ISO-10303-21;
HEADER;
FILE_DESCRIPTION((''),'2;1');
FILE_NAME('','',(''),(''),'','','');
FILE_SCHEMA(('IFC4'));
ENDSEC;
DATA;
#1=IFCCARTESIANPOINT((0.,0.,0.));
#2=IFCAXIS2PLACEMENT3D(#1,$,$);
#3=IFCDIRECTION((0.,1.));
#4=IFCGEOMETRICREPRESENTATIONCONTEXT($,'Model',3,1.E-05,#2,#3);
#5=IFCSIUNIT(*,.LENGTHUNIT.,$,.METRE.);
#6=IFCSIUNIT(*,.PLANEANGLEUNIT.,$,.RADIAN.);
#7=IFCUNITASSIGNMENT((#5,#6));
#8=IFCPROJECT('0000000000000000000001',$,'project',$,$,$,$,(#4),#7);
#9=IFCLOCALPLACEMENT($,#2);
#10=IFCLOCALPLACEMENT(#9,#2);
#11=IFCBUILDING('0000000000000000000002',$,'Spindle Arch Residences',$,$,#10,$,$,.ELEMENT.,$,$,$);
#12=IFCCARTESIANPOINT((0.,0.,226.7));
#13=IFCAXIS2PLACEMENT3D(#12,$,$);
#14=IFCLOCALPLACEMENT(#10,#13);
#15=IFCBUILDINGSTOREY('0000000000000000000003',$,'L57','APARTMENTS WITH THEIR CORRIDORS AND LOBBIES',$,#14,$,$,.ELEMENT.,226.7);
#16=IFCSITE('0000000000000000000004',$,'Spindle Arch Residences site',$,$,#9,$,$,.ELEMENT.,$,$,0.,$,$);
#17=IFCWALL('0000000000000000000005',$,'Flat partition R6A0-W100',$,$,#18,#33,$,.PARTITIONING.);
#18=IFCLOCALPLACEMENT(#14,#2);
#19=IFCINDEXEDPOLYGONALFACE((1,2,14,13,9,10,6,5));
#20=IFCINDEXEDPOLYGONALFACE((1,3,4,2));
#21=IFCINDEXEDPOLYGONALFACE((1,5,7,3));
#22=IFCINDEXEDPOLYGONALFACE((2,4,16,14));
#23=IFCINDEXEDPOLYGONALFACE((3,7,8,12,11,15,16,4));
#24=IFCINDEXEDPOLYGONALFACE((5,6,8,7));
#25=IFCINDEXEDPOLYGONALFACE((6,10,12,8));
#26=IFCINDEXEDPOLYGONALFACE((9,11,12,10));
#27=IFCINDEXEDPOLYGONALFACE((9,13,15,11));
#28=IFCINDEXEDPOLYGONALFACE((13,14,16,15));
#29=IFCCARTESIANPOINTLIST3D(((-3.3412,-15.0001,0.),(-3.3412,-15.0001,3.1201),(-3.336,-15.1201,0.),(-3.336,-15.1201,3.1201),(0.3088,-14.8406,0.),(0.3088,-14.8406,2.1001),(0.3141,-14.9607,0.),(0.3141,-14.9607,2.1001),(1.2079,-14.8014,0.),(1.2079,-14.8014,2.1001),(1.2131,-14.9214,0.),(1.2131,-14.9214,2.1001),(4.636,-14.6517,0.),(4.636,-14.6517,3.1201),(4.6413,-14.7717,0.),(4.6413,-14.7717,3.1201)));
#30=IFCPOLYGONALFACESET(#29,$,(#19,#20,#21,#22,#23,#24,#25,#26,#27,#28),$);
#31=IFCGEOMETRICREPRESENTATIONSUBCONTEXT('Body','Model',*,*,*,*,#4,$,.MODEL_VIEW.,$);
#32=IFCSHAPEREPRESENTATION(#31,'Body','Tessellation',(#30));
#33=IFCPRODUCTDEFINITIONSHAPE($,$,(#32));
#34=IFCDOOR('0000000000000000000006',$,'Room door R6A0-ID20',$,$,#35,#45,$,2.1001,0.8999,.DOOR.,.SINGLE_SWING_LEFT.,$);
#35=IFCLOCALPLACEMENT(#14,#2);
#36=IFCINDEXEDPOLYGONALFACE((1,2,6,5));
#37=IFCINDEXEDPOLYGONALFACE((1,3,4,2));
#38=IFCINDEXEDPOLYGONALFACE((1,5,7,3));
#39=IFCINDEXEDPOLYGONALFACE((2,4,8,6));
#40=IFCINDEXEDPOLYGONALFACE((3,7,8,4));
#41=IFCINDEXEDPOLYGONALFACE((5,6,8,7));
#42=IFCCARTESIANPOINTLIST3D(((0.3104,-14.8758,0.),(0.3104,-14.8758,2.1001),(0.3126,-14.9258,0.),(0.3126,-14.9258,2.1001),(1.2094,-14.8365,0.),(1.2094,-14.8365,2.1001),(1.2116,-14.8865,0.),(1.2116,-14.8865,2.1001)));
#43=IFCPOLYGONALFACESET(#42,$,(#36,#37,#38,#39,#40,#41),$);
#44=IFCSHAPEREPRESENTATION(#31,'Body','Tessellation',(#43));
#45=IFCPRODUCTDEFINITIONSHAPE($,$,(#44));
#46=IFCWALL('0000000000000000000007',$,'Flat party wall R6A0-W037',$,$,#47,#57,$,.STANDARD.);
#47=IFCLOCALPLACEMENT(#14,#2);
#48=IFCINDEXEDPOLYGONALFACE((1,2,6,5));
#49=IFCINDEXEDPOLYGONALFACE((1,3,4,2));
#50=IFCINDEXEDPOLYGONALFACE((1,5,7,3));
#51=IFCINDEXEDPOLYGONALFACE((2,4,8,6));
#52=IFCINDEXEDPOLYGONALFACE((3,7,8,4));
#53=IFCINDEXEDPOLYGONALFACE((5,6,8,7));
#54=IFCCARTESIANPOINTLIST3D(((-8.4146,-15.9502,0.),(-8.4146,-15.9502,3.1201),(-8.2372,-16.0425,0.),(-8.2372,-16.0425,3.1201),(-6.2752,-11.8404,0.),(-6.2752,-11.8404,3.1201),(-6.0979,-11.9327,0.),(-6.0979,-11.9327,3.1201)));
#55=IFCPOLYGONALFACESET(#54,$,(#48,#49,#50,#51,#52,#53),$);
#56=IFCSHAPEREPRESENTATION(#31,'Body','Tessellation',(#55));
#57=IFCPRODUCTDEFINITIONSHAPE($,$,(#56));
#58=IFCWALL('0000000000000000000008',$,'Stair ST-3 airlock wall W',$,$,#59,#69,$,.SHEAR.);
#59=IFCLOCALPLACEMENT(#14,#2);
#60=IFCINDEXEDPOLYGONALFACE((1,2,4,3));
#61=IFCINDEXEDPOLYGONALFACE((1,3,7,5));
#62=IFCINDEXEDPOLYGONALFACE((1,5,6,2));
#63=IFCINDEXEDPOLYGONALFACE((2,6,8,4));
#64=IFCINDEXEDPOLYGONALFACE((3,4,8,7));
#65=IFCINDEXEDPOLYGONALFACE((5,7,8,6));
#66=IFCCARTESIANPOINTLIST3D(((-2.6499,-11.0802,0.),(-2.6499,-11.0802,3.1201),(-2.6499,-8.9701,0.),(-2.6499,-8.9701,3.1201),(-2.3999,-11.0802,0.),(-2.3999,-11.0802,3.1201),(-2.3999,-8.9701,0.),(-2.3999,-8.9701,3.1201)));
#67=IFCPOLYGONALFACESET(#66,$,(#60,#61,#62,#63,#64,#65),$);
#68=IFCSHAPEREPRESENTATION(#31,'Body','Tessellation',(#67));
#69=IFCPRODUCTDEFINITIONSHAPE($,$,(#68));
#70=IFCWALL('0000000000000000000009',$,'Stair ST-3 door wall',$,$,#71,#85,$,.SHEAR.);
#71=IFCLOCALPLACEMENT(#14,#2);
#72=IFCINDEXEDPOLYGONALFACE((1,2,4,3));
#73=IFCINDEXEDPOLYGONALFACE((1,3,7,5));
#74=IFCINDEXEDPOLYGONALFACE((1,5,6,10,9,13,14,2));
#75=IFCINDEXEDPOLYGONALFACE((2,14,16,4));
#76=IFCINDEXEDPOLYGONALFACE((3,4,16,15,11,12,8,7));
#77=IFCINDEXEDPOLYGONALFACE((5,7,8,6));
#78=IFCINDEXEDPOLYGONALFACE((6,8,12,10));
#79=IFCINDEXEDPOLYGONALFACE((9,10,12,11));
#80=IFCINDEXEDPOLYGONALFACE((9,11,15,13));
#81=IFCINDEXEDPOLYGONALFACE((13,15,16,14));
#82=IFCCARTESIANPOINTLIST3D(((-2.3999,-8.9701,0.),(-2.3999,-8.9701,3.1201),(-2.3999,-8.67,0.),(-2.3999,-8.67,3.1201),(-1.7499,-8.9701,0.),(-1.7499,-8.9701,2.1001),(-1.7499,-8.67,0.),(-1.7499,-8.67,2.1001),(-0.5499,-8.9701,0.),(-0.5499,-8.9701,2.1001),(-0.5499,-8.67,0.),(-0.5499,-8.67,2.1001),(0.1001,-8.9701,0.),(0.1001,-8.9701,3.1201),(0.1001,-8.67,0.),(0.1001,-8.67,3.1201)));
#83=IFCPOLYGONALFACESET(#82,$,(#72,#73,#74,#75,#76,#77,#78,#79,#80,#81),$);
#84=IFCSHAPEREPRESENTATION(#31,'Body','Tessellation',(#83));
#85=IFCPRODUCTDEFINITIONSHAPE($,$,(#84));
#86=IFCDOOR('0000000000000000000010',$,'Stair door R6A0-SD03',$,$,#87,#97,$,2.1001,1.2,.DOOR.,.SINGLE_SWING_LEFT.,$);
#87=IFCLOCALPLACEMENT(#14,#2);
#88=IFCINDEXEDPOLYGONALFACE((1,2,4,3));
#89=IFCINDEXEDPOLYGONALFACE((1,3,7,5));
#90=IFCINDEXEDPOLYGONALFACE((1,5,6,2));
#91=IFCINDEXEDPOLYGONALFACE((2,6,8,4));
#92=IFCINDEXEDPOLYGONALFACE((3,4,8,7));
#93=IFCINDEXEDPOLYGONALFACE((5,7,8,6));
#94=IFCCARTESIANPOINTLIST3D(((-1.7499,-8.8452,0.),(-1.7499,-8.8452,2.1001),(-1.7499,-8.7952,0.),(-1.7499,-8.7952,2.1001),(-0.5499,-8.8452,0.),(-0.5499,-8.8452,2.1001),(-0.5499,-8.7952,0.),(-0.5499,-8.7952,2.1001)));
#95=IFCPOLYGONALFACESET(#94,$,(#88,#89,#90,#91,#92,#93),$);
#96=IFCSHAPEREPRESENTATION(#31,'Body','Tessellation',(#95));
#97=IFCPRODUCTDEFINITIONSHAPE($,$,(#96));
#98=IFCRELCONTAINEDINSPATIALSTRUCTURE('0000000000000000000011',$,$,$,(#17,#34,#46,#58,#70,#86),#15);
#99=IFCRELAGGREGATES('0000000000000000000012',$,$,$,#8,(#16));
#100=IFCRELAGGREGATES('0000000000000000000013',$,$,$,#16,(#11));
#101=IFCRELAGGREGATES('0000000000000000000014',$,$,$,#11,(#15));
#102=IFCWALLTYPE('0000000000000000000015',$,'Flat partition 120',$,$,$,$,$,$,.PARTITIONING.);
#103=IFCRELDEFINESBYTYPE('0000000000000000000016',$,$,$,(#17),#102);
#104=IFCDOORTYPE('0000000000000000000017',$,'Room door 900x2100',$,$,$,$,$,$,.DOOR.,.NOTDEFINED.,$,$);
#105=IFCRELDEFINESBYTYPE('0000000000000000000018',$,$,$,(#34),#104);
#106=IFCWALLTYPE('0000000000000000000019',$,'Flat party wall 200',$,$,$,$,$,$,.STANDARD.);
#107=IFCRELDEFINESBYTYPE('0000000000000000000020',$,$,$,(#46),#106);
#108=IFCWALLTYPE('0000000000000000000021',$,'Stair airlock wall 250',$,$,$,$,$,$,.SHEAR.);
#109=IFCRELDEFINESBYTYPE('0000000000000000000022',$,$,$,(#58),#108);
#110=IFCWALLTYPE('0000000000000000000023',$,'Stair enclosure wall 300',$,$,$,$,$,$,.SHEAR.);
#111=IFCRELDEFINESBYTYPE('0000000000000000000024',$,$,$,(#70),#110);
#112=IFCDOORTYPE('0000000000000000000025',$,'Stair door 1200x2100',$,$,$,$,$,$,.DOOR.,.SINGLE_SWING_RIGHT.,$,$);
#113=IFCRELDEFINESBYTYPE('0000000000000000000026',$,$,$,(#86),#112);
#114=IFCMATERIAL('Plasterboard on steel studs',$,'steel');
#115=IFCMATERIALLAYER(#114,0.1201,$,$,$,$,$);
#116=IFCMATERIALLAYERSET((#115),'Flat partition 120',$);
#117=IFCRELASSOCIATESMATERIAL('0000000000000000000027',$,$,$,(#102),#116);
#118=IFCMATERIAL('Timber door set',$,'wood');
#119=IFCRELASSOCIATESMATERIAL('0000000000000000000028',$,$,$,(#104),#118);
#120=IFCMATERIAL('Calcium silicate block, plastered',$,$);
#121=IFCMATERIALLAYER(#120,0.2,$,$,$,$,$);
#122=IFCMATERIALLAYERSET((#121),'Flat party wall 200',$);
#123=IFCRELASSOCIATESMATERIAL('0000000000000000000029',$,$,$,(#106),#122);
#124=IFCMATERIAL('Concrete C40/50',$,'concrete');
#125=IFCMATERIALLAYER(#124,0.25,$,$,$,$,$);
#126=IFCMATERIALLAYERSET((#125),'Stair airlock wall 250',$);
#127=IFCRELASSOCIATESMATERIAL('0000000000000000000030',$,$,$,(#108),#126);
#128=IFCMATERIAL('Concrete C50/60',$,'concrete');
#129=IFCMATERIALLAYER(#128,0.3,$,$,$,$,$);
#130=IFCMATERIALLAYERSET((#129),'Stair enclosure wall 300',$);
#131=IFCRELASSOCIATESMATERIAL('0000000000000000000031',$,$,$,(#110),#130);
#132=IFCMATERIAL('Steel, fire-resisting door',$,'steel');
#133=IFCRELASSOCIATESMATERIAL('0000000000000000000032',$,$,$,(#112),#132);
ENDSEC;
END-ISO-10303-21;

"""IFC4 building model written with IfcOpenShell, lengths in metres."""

from ifc_helpers import new_model, si_unit, direction, frame, frame_2d, origin, place, context, subcontext, project, spatial, rectangle, extrude, material, layer, layer_set, type_object, element, fill, save


model = new_model("IFC4")

# Units and contexts
model_context = context("Model", 3, precision=1e-05, world=origin(), true_north=direction((0.0, 1.0)))
body_context = subcontext(model_context, "Body", "Model", "MODEL_VIEW")
ifc_project = project(units=[si_unit("LENGTHUNIT", "METRE"), si_unit("PLANEANGLEUNIT", "RADIAN")], contexts=[model_context])

# Site, building, storey
site_placement = place(None, origin())
site = spatial("IfcSite", under=ifc_project, at=site_placement, Name="Spindle Arch Residences site", CompositionType="ELEMENT", RefElevation=0.0)
building_placement = place(site_placement, origin())
building = spatial("IfcBuilding", under=site, at=building_placement, Name="Spindle Arch Residences", CompositionType="ELEMENT")
storey_placement = place(building_placement, frame((0.0, 0.0, 226.7)))
storey = spatial("IfcBuildingStorey", under=building, at=storey_placement, Name="L57", Description="APARTMENTS WITH THEIR CORRIDORS AND LOBBIES", CompositionType="ELEMENT", Elevation=226.7)

# Shared definitions
ifc_material_1 = material(Name="Plasterboard on steel studs", Category="steel")
ifc_layer_1 = layer(ifc_material_1, 0.1201)
ifc_layer_set_1 = layer_set([ifc_layer_1], Name="Flat partition 120")
wall_type_1 = type_object("IfcWallType", Name="Flat partition 120", PredefinedType="PARTITIONING", material=ifc_layer_set_1)
ifc_material_2 = material(Name="Timber door set", Category="wood")
door_type_1 = type_object("IfcDoorType", Name="Room door 900x2100", OperationType="NOTDEFINED", PredefinedType="DOOR", material=ifc_material_2)

# Wall, opening, door
wall_1_placement = place(storey_placement, frame((-3.3386, -15.0601, 0.0), z_axis=(0.0, 0.0, 1.0), x_axis=(0.999048, 0.043631, 0.0)))
wall_1 = element("IfcWall", 1, at=wall_1_placement, inside=storey, type_object=wall_type_1, Name="Flat partition R6A0-W100", PredefinedType="PARTITIONING", context=body_context, shape_type="SweptSolid", body=[
    extrude(rectangle(XDim=7.9849, YDim=0.1201, at=frame_2d((3.9924, 0.0))), origin(), (0.0, 0.0, 1.0), 3.1201),
])
opening_1_placement = place(wall_1_placement, frame((3.6536, 0.0, 0.0)))
opening_1 = element("IfcOpeningElement", 2, at=opening_1_placement, cuts=wall_1, PredefinedType="OPENING", context=body_context, shape_type="SweptSolid", body=[
    extrude(rectangle(XDim=0.8999, YDim=2.1001, at=frame_2d((0.45, 1.05))), frame((0.0, 0.0701, 0.0), z_axis=(0.0, -1.0, 0.0), x_axis=(1.0, 0.0, 0.0)), (0.0, 0.0, 1.0), 0.1401),
])
door_1_placement = place(opening_1_placement, origin())
door_1 = element("IfcDoor", 3, at=door_1_placement, inside=storey, type_object=door_type_1, Name="Room door R6A0-ID20", OperationType="SINGLE_SWING_LEFT", OverallHeight=2.1001, OverallWidth=0.8999, PredefinedType="DOOR", context=body_context, shape_type="SweptSolid", body=[
    extrude(rectangle(XDim=0.8999, YDim=2.1001, at=frame_2d((0.45, 1.05))), frame((0.0, 0.0249, 0.0), z_axis=(0.0, -1.0, 0.0), x_axis=(1.0, 0.0, 0.0)), (0.0, 0.0, 1.0), 0.05),
])
fill(opening_1, door_1)

# Walls
ifc_material_3 = material(Name="Calcium silicate block, plastered")
ifc_layer_2 = layer(ifc_material_3, 0.2)
ifc_layer_set_2 = layer_set([ifc_layer_2], Name="Flat party wall 200")
wall_type_2 = type_object("IfcWallType", Name="Flat party wall 200", PredefinedType="STANDARD", material=ifc_layer_set_2)
wall_2_placement = place(storey_placement, frame((-8.3259, -15.9963, 0.0), z_axis=(0.0, 0.0, 1.0), x_axis=(0.461739, 0.887016, 0.0)))
element("IfcWall", 4, at=wall_2_placement, inside=storey, type_object=wall_type_2, Name="Flat party wall R6A0-W037", PredefinedType="STANDARD", context=body_context, shape_type="SweptSolid", body=[
    extrude(rectangle(XDim=4.6333, YDim=0.2, at=frame_2d((2.3167, 0.0))), origin(), (0.0, 0.0, 1.0), 3.1201),
])
ifc_material_4 = material(Name="Concrete C40/50", Category="concrete")
ifc_layer_3 = layer(ifc_material_4, 0.25)
ifc_layer_set_3 = layer_set([ifc_layer_3], Name="Stair airlock wall 250")
wall_type_3 = type_object("IfcWallType", Name="Stair airlock wall 250", PredefinedType="SHEAR", material=ifc_layer_set_3)
wall_3_placement = place(storey_placement, frame((-2.5249, -8.97, 0.0), z_axis=(0.0, 0.0, 1.0), x_axis=(0.0, -1.0, 0.0)))
element("IfcWall", 5, at=wall_3_placement, inside=storey, type_object=wall_type_3, Name="Stair ST-3 airlock wall W", PredefinedType="SHEAR", context=body_context, shape_type="SweptSolid", body=[
    extrude(rectangle(XDim=2.1101, YDim=0.25, at=frame_2d((1.0552, 0.0))), origin(), (0.0, 0.0, 1.0), 3.1201),
])

# Wall, opening, door
ifc_material_5 = material(Name="Concrete C50/60", Category="concrete")
ifc_layer_4 = layer(ifc_material_5, 0.3)
ifc_layer_set_4 = layer_set([ifc_layer_4], Name="Stair enclosure wall 300")
wall_type_4 = type_object("IfcWallType", Name="Stair enclosure wall 300", PredefinedType="SHEAR", material=ifc_layer_set_4)
wall_4_placement = place(storey_placement, frame((-2.3999, -8.8201, 0.0), z_axis=(0.0, 0.0, 1.0), x_axis=(1.0, 0.0, 0.0)))
wall_4 = element("IfcWall", 6, at=wall_4_placement, inside=storey, type_object=wall_type_4, Name="Stair ST-3 door wall", PredefinedType="SHEAR", context=body_context, shape_type="SweptSolid", body=[
    extrude(rectangle(XDim=2.5, YDim=0.3, at=frame_2d((1.25, 0.0))), origin(), (0.0, 0.0, 1.0), 3.1201),
])
opening_2_placement = place(wall_4_placement, frame((0.6499, 0.0, 0.0)))
opening_2 = element("IfcOpeningElement", 7, at=opening_2_placement, cuts=wall_4, PredefinedType="OPENING", context=body_context, shape_type="SweptSolid", body=[
    extrude(rectangle(XDim=1.2, YDim=2.1001, at=frame_2d((0.6001, 1.05))), frame((0.0, 0.1602, 0.0), z_axis=(0.0, -1.0, 0.0), x_axis=(1.0, 0.0, 0.0)), (0.0, 0.0, 1.0), 0.3201),
])
ifc_material_6 = material(Name="Steel, fire-resisting door", Category="steel")
door_type_2 = type_object("IfcDoorType", Name="Stair door 1200x2100", OperationType="SINGLE_SWING_RIGHT", PredefinedType="DOOR", material=ifc_material_6)
door_2_placement = place(opening_2_placement, origin())
door_2 = element("IfcDoor", 8, at=door_2_placement, inside=storey, type_object=door_type_2, Name="Stair door R6A0-SD03", OperationType="SINGLE_SWING_LEFT", OverallHeight=2.1001, OverallWidth=1.2, PredefinedType="DOOR", context=body_context, shape_type="SweptSolid", body=[
    extrude(rectangle(XDim=1.2, YDim=2.1001, at=frame_2d((0.6001, 1.05))), frame((0.0, 0.0249, 0.0), z_axis=(0.0, -1.0, 0.0), x_axis=(1.0, 0.0, 0.0)), (0.0, 0.0, 1.0), 0.05),
])
fill(opening_2, door_2)

save(model, "model.ifc")
